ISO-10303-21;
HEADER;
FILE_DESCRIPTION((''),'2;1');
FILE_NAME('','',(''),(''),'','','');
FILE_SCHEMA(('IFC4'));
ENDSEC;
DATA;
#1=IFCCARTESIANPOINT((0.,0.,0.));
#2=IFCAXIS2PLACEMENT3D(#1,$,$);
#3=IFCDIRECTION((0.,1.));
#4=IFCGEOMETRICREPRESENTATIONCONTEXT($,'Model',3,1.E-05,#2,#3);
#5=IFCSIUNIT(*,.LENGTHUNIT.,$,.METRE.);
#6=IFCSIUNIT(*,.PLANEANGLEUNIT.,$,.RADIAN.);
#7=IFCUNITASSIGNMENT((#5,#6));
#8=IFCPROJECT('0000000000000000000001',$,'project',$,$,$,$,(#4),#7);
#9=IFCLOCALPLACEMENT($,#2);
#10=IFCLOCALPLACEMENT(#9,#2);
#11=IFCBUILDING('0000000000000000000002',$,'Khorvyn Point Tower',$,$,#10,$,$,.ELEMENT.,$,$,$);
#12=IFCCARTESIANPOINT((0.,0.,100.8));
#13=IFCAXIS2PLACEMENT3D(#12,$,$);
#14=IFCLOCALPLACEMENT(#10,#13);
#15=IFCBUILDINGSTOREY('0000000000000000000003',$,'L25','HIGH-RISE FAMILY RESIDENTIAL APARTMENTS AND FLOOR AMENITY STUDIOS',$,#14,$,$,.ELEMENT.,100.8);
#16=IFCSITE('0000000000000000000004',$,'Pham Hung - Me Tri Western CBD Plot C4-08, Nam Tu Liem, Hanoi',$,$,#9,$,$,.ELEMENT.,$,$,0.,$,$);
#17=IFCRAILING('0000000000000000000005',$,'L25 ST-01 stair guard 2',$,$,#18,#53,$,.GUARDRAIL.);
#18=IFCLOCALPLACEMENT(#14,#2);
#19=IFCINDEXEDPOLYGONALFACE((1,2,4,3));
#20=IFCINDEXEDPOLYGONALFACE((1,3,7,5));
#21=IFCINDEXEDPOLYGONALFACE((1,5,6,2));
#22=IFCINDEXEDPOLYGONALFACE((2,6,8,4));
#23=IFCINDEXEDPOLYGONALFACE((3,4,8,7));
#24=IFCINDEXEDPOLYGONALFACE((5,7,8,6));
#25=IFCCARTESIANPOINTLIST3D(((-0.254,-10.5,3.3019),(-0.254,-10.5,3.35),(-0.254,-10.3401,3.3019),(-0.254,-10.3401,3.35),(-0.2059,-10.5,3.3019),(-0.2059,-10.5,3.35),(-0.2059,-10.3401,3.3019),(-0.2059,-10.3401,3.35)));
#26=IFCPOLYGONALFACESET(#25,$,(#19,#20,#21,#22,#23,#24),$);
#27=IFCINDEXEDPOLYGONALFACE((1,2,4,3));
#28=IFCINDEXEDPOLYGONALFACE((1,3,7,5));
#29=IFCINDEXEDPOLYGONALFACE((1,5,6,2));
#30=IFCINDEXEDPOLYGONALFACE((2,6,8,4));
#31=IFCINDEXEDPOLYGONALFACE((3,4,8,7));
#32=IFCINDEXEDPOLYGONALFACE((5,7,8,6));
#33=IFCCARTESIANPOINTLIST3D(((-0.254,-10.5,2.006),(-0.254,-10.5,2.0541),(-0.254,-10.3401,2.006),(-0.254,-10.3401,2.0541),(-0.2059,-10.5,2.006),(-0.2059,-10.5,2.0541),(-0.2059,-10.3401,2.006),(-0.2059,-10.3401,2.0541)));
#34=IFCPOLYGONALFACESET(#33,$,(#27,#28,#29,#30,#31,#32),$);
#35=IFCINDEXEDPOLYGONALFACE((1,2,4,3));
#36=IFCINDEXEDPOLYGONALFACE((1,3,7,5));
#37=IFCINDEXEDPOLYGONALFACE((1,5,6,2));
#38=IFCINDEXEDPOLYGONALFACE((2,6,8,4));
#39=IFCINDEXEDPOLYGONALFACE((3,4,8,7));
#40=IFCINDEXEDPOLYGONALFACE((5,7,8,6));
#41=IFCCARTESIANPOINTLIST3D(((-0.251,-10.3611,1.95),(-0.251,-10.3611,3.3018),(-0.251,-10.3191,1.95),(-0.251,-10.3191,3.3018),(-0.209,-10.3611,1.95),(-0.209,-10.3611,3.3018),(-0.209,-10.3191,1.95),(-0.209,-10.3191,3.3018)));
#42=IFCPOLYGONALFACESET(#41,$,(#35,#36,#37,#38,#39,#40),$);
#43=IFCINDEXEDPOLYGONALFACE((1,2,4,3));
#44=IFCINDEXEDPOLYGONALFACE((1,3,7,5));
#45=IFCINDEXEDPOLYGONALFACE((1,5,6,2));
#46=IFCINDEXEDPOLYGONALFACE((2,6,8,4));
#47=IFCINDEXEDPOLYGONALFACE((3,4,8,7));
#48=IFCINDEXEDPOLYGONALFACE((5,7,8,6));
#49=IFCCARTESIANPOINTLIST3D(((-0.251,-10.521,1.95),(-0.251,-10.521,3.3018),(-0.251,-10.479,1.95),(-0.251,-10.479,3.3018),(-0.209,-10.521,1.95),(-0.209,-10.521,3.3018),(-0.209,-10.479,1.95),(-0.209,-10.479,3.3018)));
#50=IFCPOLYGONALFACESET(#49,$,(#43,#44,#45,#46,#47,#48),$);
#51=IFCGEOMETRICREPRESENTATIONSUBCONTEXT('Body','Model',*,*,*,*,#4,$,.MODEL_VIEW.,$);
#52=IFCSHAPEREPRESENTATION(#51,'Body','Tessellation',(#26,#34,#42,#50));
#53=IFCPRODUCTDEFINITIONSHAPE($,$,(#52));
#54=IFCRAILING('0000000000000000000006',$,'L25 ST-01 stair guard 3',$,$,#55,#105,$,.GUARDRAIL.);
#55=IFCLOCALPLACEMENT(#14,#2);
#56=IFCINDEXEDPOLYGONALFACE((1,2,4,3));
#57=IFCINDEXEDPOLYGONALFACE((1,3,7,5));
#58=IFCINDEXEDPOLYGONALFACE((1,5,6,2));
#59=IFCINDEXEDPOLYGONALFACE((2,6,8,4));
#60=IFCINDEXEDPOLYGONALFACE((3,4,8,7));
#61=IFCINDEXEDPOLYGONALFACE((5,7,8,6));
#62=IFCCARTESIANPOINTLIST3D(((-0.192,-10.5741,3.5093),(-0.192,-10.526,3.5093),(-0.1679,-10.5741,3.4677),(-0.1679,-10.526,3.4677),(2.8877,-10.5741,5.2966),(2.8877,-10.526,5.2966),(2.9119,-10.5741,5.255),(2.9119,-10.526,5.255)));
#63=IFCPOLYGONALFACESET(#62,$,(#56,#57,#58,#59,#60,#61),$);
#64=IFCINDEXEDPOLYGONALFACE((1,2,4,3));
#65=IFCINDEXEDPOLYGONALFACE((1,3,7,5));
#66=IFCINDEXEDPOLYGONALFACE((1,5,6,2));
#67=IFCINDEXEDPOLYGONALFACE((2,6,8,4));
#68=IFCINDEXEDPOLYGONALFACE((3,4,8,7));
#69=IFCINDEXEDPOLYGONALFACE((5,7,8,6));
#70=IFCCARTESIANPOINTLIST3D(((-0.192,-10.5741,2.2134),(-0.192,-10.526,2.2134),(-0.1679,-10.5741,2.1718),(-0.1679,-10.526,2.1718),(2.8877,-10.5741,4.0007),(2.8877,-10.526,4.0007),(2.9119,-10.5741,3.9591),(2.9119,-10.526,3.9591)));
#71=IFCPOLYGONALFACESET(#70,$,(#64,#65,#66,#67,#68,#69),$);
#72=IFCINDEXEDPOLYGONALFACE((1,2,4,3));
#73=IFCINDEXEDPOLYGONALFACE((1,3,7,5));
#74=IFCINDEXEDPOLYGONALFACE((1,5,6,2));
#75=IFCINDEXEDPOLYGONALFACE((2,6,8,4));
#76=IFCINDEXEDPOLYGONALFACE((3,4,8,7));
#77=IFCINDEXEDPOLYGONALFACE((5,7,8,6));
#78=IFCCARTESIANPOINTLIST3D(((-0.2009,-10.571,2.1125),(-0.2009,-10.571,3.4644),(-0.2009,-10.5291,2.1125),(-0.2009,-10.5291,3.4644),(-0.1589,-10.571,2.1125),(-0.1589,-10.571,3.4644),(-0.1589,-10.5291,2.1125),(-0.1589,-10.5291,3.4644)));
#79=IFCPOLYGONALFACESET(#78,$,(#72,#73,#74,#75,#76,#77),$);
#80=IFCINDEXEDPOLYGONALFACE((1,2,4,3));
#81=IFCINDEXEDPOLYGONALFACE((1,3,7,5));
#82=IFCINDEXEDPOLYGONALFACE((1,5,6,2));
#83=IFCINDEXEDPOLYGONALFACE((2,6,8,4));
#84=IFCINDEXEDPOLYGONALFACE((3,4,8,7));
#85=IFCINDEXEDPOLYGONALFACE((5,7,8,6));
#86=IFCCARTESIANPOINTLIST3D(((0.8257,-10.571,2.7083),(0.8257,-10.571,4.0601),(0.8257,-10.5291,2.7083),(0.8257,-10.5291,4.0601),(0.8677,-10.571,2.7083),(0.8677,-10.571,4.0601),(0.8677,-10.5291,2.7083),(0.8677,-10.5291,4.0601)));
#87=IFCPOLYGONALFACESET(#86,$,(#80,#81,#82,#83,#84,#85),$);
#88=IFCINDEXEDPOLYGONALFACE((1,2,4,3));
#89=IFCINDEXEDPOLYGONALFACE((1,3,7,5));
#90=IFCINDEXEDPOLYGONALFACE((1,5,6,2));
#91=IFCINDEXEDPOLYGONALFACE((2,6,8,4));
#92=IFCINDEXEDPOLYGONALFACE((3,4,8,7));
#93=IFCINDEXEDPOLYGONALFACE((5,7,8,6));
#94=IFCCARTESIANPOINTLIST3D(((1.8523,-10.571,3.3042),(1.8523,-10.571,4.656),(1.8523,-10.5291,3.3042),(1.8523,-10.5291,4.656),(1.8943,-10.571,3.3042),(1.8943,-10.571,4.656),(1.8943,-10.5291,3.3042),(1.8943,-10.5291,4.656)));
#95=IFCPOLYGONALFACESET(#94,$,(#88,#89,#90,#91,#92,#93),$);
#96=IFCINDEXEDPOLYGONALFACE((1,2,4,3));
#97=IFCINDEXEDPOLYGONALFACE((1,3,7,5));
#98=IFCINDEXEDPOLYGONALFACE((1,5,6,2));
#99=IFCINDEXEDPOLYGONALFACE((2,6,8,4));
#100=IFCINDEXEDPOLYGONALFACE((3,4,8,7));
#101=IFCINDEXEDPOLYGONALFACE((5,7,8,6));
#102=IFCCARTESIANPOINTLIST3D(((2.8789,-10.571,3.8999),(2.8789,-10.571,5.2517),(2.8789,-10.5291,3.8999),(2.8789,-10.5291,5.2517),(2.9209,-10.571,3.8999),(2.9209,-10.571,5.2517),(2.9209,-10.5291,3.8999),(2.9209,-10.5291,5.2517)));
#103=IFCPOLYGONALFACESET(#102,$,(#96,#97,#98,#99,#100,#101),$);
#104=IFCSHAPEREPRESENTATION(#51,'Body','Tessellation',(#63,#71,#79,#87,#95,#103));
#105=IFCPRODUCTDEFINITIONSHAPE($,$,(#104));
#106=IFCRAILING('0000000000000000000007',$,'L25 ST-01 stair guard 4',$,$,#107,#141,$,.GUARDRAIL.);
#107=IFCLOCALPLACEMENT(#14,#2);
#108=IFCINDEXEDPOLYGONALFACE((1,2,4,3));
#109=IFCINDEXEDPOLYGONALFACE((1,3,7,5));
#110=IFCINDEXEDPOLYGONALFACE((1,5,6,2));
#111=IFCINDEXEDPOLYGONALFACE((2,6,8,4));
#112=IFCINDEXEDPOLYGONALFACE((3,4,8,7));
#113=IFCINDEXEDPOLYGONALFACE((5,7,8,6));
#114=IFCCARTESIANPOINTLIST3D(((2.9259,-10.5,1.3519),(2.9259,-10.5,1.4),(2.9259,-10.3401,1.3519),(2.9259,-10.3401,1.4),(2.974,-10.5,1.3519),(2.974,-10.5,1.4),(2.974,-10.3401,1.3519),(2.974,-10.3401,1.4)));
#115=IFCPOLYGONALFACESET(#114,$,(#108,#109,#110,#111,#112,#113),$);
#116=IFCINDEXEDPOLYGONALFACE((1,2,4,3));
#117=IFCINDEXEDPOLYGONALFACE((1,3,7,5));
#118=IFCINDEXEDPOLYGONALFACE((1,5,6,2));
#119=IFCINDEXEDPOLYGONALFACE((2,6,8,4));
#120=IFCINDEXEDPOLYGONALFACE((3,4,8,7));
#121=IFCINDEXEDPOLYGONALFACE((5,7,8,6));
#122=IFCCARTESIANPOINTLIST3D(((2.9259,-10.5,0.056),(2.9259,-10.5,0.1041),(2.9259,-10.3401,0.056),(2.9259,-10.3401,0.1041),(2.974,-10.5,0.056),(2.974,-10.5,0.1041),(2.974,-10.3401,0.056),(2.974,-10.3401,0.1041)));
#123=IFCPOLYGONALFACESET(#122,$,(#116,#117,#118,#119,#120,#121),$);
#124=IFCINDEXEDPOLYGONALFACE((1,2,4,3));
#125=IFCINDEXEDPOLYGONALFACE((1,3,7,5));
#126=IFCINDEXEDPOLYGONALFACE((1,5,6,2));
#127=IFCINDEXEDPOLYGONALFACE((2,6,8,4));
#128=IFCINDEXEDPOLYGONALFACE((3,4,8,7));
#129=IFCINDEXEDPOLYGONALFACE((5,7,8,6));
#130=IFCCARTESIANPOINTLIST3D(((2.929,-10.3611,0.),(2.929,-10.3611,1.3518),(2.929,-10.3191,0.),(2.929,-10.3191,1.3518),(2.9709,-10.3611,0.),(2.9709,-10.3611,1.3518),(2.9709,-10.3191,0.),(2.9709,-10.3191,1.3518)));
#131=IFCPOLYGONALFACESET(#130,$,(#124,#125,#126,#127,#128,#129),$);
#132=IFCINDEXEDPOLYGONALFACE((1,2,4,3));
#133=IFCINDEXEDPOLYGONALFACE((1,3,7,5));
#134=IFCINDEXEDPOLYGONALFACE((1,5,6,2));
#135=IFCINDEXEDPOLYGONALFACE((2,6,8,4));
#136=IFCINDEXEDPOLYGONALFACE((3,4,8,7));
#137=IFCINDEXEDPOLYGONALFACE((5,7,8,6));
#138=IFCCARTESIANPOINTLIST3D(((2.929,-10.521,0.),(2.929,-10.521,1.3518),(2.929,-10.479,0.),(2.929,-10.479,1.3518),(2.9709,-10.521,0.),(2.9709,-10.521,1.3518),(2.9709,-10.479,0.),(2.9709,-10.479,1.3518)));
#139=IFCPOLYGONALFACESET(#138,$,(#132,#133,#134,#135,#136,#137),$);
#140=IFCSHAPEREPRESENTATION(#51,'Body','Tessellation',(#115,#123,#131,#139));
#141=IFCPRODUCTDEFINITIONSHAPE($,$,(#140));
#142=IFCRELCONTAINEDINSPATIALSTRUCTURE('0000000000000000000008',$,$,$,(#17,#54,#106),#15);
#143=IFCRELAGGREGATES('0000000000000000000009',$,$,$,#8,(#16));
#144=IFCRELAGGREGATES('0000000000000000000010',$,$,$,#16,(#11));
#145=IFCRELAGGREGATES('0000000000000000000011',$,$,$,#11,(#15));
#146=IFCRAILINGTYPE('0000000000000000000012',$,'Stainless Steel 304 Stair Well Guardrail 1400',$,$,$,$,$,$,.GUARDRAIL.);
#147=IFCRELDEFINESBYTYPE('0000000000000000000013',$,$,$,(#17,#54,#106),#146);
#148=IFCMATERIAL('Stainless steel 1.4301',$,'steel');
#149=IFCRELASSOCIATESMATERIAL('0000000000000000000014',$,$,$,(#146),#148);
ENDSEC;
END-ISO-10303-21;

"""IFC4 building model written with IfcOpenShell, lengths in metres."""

from ifc_helpers import new_model, si_unit, direction, frame, origin, origin_2d, place, context, subcontext, project, spatial, rectangle, extrude, material, type_object, element, save


model = new_model("IFC4")

# Units and contexts
model_context = context("Model", 3, precision=1e-05, world=origin(), true_north=direction((0.0, 1.0)))
body_context = subcontext(model_context, "Body", "Model", "MODEL_VIEW")
ifc_project = project(units=[si_unit("LENGTHUNIT", "METRE"), si_unit("PLANEANGLEUNIT", "RADIAN")], contexts=[model_context])

# Site, building, storey
site_placement = place(None, origin())
site = spatial("IfcSite", under=ifc_project, at=site_placement, Name="Pham Hung - Me Tri Western CBD Plot C4-08, Nam Tu Liem, Hanoi", CompositionType="ELEMENT", RefElevation=0.0)
building_placement = place(site_placement, origin())
building = spatial("IfcBuilding", under=site, at=building_placement, Name="Khorvyn Point Tower", CompositionType="ELEMENT")
storey_placement = place(building_placement, frame((0.0, 0.0, 100.8)))
storey = spatial("IfcBuildingStorey", under=building, at=storey_placement, Name="L25", Description="HIGH-RISE FAMILY RESIDENTIAL APARTMENTS AND FLOOR AMENITY STUDIOS", CompositionType="ELEMENT", Elevation=100.8)

# Railings
ifc_material_1 = material(Name="Stainless steel 1.4301", Category="steel")
railing_type_1 = type_object("IfcRailingType", Name="Stainless Steel 304 Stair Well Guardrail 1400", PredefinedType="GUARDRAIL", material=ifc_material_1)
railing_1_placement = place(storey_placement, frame((-0.23, -10.3401, 1.95)))
element("IfcRailing", 1, at=railing_1_placement, inside=storey, type_object=railing_type_1, Name="L25 ST-01 stair guard 2", PredefinedType="GUARDRAIL", context=body_context, shape_type="SweptSolid", body=[
    extrude(rectangle(XDim=0.0481, YDim=0.0481, at=origin_2d()), frame((0.0, 0.0, 1.376), z_axis=(0.0, -1.0, 0.0), x_axis=(1.0, 0.0, 0.0)), (0.0, 0.0, 1.0), 0.1599),
    extrude(rectangle(XDim=0.0481, YDim=0.0481, at=origin_2d()), frame((0.0, 0.0, 0.0801), z_axis=(0.0, -1.0, 0.0), x_axis=(1.0, 0.0, 0.0)), (0.0, 0.0, 1.0), 0.1599),
    extrude(rectangle(XDim=0.042, YDim=0.042, at=origin_2d()), origin(), (0.0, 0.0, 1.0), 1.3518),
    extrude(rectangle(XDim=0.042, YDim=0.042, at=origin_2d()), frame((0.0, -0.1599, 0.0)), (0.0, 0.0, 1.0), 1.3518),
])
railing_2_placement = place(storey_placement, frame((-0.1799, -10.55, 2.1125)))
element("IfcRailing", 2, at=railing_2_placement, inside=storey, type_object=railing_type_1, Name="L25 ST-01 stair guard 3", PredefinedType="GUARDRAIL", context=body_context, shape_type="SweptSolid", body=[
    extrude(rectangle(XDim=0.0481, YDim=0.0481, at=origin_2d()), frame((0.0, 0.0, 1.376), z_axis=(0.864903, 0.0, 0.501939), x_axis=(0.0, 1.0, 0.0)), (0.0, 0.0, 1.0), 3.5608),
    extrude(rectangle(XDim=0.0481, YDim=0.0481, at=origin_2d()), frame((0.0, 0.0, 0.0801), z_axis=(0.864903, 0.0, 0.501939), x_axis=(0.0, 1.0, 0.0)), (0.0, 0.0, 1.0), 3.5608),
    extrude(rectangle(XDim=0.042, YDim=0.042, at=origin_2d()), origin(), (0.0, 0.0, 1.0), 1.3518),
    extrude(rectangle(XDim=0.042, YDim=0.042, at=origin_2d()), frame((1.0266, 0.0, 0.5957)), (0.0, 0.0, 1.0), 1.3518),
    extrude(rectangle(XDim=0.042, YDim=0.042, at=origin_2d()), frame((2.0532, 0.0, 1.1917)), (0.0, 0.0, 1.0), 1.3518),
    extrude(rectangle(XDim=0.042, YDim=0.042, at=origin_2d()), frame((3.0798, 0.0, 1.7874)), (0.0, 0.0, 1.0), 1.3518),
])
railing_3_placement = place(storey_placement, frame((2.95, -10.3401, 0.0)))
element("IfcRailing", 3, at=railing_3_placement, inside=storey, type_object=railing_type_1, Name="L25 ST-01 stair guard 4", PredefinedType="GUARDRAIL", context=body_context, shape_type="SweptSolid", body=[
    extrude(rectangle(XDim=0.0481, YDim=0.0481, at=origin_2d()), frame((0.0, 0.0, 1.376), z_axis=(0.0, -1.0, 0.0), x_axis=(1.0, 0.0, 0.0)), (0.0, 0.0, 1.0), 0.1599),
    extrude(rectangle(XDim=0.0481, YDim=0.0481, at=origin_2d()), frame((0.0, 0.0, 0.0801), z_axis=(0.0, -1.0, 0.0), x_axis=(1.0, 0.0, 0.0)), (0.0, 0.0, 1.0), 0.1599),
    extrude(rectangle(XDim=0.042, YDim=0.042, at=origin_2d()), origin(), (0.0, 0.0, 1.0), 1.3518),
    extrude(rectangle(XDim=0.042, YDim=0.042, at=origin_2d()), frame((0.0, -0.1599, 0.0)), (0.0, 0.0, 1.0), 1.3518),
])

save(model, "model.ifc")
